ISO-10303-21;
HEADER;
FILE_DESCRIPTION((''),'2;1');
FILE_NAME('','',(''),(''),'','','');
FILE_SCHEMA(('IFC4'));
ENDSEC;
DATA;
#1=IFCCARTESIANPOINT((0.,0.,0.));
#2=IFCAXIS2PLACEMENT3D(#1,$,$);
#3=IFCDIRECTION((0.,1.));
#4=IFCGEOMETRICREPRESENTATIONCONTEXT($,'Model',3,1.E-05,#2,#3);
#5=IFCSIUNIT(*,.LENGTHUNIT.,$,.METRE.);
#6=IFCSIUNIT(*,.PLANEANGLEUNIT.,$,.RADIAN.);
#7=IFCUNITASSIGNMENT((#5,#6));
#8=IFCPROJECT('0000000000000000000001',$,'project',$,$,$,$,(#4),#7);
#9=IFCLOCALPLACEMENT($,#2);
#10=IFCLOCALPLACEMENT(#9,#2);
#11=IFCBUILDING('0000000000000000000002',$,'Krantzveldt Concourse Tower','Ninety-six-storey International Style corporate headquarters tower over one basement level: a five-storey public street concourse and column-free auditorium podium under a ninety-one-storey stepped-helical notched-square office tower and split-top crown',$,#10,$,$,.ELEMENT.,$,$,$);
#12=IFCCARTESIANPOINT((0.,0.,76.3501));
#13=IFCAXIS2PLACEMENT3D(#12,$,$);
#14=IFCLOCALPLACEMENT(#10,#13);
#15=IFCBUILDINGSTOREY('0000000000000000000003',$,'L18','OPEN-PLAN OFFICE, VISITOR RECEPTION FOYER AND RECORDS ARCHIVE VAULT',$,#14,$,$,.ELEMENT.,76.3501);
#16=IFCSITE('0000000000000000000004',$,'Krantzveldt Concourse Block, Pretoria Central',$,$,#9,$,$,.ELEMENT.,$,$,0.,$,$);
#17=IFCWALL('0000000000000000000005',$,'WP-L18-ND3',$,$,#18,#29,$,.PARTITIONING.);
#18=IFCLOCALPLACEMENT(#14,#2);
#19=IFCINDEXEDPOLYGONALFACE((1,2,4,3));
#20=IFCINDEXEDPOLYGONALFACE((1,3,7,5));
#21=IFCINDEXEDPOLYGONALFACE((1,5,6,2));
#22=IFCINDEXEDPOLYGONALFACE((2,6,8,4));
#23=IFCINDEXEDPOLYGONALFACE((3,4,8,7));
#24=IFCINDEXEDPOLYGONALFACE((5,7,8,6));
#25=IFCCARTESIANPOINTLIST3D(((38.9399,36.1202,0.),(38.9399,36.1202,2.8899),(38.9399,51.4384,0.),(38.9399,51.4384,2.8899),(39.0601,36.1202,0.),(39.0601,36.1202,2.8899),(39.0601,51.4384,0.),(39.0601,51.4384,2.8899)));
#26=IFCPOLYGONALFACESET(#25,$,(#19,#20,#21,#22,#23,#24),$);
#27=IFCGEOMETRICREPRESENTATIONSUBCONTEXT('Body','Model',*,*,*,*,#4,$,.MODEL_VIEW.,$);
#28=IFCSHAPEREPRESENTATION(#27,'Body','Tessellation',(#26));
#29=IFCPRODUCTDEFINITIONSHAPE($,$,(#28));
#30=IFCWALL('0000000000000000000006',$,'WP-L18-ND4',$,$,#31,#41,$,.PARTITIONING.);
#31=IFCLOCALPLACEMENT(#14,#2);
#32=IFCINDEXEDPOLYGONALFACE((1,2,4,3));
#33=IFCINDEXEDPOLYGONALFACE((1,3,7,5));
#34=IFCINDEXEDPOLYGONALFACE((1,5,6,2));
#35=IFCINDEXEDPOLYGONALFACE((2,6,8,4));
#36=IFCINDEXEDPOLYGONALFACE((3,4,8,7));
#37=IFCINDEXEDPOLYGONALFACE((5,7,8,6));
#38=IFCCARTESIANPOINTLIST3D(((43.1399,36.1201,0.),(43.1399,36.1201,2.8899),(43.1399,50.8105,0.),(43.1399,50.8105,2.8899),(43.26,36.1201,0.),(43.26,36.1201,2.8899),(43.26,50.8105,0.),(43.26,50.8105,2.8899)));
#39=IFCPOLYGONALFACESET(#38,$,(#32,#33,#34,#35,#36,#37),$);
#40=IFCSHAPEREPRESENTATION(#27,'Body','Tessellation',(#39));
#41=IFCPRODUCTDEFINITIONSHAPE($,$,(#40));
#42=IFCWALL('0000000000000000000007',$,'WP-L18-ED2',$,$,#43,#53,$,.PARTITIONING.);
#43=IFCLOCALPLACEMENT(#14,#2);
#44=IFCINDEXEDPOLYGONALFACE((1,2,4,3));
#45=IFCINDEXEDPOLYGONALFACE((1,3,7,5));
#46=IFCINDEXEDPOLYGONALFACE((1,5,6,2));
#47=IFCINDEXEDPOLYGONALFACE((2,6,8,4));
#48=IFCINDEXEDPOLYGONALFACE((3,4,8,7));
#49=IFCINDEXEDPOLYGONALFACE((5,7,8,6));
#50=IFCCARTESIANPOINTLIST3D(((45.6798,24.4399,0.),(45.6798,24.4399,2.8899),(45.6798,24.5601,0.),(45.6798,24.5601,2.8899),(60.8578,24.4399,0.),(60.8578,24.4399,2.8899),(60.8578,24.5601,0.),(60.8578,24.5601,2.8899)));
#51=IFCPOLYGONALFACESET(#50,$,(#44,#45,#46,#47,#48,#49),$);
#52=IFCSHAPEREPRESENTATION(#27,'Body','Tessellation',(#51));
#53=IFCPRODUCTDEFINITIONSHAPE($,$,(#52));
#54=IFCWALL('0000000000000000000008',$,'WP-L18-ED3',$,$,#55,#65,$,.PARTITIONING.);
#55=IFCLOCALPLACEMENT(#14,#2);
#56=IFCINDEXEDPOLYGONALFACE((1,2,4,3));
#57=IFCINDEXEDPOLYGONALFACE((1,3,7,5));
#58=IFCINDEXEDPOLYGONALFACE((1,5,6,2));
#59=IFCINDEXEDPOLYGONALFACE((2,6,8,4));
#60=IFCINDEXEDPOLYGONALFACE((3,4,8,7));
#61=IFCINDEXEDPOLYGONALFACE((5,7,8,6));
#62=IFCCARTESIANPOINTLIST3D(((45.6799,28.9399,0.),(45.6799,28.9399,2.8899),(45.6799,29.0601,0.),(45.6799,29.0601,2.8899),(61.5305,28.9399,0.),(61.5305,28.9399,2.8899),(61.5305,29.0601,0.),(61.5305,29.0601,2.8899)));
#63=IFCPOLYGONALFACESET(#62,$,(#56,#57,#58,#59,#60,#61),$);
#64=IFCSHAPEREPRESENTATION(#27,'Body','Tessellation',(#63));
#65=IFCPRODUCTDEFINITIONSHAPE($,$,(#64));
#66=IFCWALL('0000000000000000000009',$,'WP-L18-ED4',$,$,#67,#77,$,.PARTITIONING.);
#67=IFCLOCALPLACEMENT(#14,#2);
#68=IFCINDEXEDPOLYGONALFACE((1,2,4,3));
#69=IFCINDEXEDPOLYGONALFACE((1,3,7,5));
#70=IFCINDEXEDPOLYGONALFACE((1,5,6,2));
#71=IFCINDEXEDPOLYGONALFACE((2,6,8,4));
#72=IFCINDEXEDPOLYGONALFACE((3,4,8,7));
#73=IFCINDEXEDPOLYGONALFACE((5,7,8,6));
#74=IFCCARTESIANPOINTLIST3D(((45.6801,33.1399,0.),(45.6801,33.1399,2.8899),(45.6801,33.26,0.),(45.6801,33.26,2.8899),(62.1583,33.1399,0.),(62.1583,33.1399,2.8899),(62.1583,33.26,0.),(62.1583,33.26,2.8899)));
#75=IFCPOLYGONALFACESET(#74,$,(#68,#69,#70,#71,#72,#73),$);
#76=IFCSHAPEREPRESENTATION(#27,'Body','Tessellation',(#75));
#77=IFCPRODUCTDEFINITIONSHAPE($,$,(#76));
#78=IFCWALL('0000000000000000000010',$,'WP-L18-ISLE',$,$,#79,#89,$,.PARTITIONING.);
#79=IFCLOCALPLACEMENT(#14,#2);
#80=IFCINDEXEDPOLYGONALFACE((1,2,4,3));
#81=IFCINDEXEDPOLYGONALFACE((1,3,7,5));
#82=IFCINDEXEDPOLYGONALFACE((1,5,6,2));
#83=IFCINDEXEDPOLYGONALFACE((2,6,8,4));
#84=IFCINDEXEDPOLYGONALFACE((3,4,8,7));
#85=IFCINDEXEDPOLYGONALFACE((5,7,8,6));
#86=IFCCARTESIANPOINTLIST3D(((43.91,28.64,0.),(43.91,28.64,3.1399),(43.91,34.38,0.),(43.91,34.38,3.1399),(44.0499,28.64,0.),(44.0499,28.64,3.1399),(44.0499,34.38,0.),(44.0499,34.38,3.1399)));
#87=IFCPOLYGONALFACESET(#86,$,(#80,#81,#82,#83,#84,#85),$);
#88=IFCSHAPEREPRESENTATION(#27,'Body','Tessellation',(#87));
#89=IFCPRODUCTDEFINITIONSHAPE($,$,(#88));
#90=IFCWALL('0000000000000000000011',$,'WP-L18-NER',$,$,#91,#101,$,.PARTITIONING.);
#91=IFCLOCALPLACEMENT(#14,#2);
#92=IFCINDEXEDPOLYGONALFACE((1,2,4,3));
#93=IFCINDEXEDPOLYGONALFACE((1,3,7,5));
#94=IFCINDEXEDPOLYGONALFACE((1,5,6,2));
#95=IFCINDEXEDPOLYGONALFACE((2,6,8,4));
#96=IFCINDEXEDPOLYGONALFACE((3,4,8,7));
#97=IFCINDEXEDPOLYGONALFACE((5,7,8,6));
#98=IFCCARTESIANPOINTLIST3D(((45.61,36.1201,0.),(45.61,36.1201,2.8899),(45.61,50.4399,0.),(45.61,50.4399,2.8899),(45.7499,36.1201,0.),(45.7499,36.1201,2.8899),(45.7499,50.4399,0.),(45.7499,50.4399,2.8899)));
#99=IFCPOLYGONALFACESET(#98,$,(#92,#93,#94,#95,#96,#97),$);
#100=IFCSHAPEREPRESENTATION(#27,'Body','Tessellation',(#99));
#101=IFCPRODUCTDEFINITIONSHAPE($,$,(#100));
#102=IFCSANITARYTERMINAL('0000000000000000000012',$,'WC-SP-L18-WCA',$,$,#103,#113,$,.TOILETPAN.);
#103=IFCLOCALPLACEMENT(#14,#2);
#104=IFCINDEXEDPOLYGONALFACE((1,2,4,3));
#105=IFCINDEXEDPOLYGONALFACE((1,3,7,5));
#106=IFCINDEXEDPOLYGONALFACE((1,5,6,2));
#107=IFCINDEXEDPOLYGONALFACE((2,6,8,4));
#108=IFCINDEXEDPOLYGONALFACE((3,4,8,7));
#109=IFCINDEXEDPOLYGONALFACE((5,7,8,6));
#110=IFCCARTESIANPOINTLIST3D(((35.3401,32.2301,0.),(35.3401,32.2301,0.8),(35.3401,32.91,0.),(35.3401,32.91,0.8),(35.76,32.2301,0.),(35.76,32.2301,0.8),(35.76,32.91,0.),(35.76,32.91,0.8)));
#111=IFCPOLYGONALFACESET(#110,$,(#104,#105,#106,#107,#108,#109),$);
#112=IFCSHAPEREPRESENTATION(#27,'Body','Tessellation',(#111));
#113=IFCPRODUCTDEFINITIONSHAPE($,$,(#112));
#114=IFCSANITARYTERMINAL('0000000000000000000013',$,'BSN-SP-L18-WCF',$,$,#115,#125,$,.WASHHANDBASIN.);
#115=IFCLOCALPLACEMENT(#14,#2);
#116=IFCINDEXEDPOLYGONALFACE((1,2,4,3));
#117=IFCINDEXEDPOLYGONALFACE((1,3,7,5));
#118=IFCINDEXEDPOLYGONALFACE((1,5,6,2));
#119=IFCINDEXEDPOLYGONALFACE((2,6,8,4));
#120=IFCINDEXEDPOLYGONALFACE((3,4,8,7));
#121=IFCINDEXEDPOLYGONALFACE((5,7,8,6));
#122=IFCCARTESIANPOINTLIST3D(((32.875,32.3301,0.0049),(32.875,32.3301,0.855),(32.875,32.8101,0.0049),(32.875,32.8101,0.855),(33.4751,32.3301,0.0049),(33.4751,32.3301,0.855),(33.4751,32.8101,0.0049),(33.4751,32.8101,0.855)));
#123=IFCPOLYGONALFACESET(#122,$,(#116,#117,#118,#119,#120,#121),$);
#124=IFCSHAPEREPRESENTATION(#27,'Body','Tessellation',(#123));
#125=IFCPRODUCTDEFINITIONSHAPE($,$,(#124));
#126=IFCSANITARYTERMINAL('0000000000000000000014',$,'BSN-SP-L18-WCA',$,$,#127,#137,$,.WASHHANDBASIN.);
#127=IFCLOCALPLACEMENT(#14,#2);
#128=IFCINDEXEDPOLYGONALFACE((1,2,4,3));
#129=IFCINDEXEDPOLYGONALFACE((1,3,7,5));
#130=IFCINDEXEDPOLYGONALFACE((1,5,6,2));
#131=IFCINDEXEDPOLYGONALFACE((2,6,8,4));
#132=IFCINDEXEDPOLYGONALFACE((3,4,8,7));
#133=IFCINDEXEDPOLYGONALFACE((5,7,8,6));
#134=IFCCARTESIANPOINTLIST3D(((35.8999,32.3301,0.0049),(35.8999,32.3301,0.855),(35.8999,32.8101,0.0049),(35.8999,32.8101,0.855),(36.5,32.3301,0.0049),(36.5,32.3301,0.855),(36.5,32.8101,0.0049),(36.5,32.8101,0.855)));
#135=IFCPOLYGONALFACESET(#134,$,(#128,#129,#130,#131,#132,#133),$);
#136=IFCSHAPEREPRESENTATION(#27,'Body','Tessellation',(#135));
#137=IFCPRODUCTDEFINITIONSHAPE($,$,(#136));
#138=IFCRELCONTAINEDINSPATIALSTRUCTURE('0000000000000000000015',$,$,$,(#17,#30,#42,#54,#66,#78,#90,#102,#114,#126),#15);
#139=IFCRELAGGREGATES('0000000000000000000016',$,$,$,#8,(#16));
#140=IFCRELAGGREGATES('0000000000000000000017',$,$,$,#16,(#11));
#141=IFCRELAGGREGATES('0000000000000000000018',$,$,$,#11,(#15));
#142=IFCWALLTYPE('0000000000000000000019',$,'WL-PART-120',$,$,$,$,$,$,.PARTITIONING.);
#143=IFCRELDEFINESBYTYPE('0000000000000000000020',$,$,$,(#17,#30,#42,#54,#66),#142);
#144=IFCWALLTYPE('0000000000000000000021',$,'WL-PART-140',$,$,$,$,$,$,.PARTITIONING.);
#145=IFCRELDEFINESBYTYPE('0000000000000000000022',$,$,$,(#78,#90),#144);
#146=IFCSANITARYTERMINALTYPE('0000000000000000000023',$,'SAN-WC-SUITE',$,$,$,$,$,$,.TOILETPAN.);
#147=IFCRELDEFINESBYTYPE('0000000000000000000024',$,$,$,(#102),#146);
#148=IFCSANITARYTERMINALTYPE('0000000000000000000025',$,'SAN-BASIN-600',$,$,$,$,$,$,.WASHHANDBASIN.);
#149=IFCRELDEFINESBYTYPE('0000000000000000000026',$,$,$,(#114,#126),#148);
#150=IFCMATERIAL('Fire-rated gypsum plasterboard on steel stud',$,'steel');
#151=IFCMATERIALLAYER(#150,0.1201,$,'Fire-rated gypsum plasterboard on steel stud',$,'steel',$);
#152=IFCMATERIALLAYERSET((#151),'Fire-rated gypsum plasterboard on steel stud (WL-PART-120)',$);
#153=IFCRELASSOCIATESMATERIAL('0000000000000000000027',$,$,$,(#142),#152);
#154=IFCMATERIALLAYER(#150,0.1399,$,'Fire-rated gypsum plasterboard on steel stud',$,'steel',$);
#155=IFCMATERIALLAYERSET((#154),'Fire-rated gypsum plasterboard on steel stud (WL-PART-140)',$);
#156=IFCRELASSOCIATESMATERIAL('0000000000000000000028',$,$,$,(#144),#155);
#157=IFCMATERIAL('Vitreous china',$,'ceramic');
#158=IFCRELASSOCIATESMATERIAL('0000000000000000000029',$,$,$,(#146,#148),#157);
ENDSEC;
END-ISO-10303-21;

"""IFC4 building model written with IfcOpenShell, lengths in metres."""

from ifc_helpers import new_model, si_unit, direction, frame, frame_2d, origin, origin_2d, place, context, subcontext, project, spatial, rectangle, extrude, source, transform, mapped, material, layer, layer_set, type_object, type_shapes, element, save


model = new_model("IFC4")

# Units and contexts
model_context = context("Model", 3, precision=1e-05, world=origin(), true_north=direction((0.0, 1.0)))
body_context = subcontext(model_context, "Body", "Model", "MODEL_VIEW")
ifc_project = project(units=[si_unit("LENGTHUNIT", "METRE"), si_unit("PLANEANGLEUNIT", "RADIAN")], contexts=[model_context])

# Site, building, storey
site_placement = place(None, origin())
site = spatial("IfcSite", under=ifc_project, at=site_placement, Name="Krantzveldt Concourse Block, Pretoria Central", CompositionType="ELEMENT", RefElevation=0.0)
building_placement = place(site_placement, origin())
building = spatial("IfcBuilding", under=site, at=building_placement, Name="Krantzveldt Concourse Tower", Description="Ninety-six-storey International Style corporate headquarters tower over one basement level: a five-storey public street concourse and column-free auditorium podium under a ninety-one-storey stepped-helical notched-square office tower and split-top crown", CompositionType="ELEMENT")
storey_placement = place(building_placement, frame((0.0, 0.0, 76.3501)))
storey = spatial("IfcBuildingStorey", under=building, at=storey_placement, Name="L18", Description="OPEN-PLAN OFFICE, VISITOR RECEPTION FOYER AND RECORDS ARCHIVE VAULT", CompositionType="ELEMENT", Elevation=76.3501)

# Walls
ifc_material_1 = material(Name="Fire-rated gypsum plasterboard on steel stud", Category="steel")
ifc_layer_1 = layer(ifc_material_1, 0.1201, Name="Fire-rated gypsum plasterboard on steel stud", Category="steel")
ifc_layer_set_1 = layer_set([ifc_layer_1], Name="Fire-rated gypsum plasterboard on steel stud (WL-PART-120)")
wall_type_1 = type_object("IfcWallType", Name="WL-PART-120", PredefinedType="PARTITIONING", material=ifc_layer_set_1)
wall_1_placement = place(storey_placement, frame((39.0, 36.1201, 0.0), z_axis=(0.0, 0.0, 1.0), x_axis=(0.0, 1.0, 0.0)))
element("IfcWall", 1, at=wall_1_placement, inside=storey, type_object=wall_type_1, Name="WP-L18-ND3", PredefinedType="PARTITIONING", context=body_context, shape_type="SweptSolid", body=[
    extrude(rectangle(XDim=15.3181, YDim=0.1201, at=frame_2d((7.6592, 0.0))), origin(), (0.0, 0.0, 1.0), 2.8899),
])
wall_2_placement = place(storey_placement, frame((43.2, 36.1201, 0.0), z_axis=(0.0, 0.0, 1.0), x_axis=(0.0, 1.0, 0.0)))
element("IfcWall", 2, at=wall_2_placement, inside=storey, type_object=wall_type_1, Name="WP-L18-ND4", PredefinedType="PARTITIONING", context=body_context, shape_type="SweptSolid", body=[
    extrude(rectangle(XDim=14.6904, YDim=0.1201, at=frame_2d((7.3452, 0.0))), origin(), (0.0, 0.0, 1.0), 2.8899),
])
wall_3_placement = place(storey_placement, frame((45.6799, 24.5, 0.0), z_axis=(0.0, 0.0, 1.0), x_axis=(1.0, 0.0, 0.0)))
element("IfcWall", 3, at=wall_3_placement, inside=storey, type_object=wall_type_1, Name="WP-L18-ED2", PredefinedType="PARTITIONING", context=body_context, shape_type="SweptSolid", body=[
    extrude(rectangle(XDim=15.178, YDim=0.1201, at=frame_2d((7.5889, 0.0))), origin(), (0.0, 0.0, 1.0), 2.8899),
])
wall_4_placement = place(storey_placement, frame((45.6799, 29.0, 0.0), z_axis=(0.0, 0.0, 1.0), x_axis=(1.0, 0.0, 0.0)))
element("IfcWall", 4, at=wall_4_placement, inside=storey, type_object=wall_type_1, Name="WP-L18-ED3", PredefinedType="PARTITIONING", context=body_context, shape_type="SweptSolid", body=[
    extrude(rectangle(XDim=15.8506, YDim=0.1201, at=frame_2d((7.9253, 0.0))), origin(), (0.0, 0.0, 1.0), 2.8899),
])
wall_5_placement = place(storey_placement, frame((45.6799, 33.2, 0.0), z_axis=(0.0, 0.0, 1.0), x_axis=(1.0, 0.0, 0.0)))
element("IfcWall", 5, at=wall_5_placement, inside=storey, type_object=wall_type_1, Name="WP-L18-ED4", PredefinedType="PARTITIONING", context=body_context, shape_type="SweptSolid", body=[
    extrude(rectangle(XDim=16.4783, YDim=0.1201, at=frame_2d((8.2393, 0.0))), origin(), (0.0, 0.0, 1.0), 2.8899),
])
ifc_layer_2 = layer(ifc_material_1, 0.1399, Name="Fire-rated gypsum plasterboard on steel stud", Category="steel")
ifc_layer_set_2 = layer_set([ifc_layer_2], Name="Fire-rated gypsum plasterboard on steel stud (WL-PART-140)")
wall_type_2 = type_object("IfcWallType", Name="WL-PART-140", PredefinedType="PARTITIONING", material=ifc_layer_set_2)
wall_6_placement = place(storey_placement, frame((43.98, 28.6399, 0.0), z_axis=(0.0, 0.0, 1.0), x_axis=(0.0, 1.0, 0.0)))
element("IfcWall", 6, at=wall_6_placement, inside=storey, type_object=wall_type_2, Name="WP-L18-ISLE", PredefinedType="PARTITIONING", context=body_context, shape_type="SweptSolid", body=[
    extrude(rectangle(XDim=5.74, YDim=0.1399, at=frame_2d((2.8701, 0.0))), origin(), (0.0, 0.0, 1.0), 3.1399),
])
wall_7_placement = place(storey_placement, frame((45.6799, 36.1201, 0.0), z_axis=(0.0, 0.0, 1.0), x_axis=(0.0, 1.0, 0.0)))
element("IfcWall", 7, at=wall_7_placement, inside=storey, type_object=wall_type_2, Name="WP-L18-NER", PredefinedType="PARTITIONING", context=body_context, shape_type="SweptSolid", body=[
    extrude(rectangle(XDim=14.3198, YDim=0.1399, at=frame_2d((7.1599, 0.0))), origin(), (0.0, 0.0, 1.0), 2.8899),
])

# Sanitary terminals
ifc_material_2 = material(Name="Vitreous china", Category="ceramic")
sanitary_terminal_type_1 = type_object("IfcSanitaryTerminalType", Name="SAN-WC-SUITE", PredefinedType="TOILETPAN", material=ifc_material_2)
shared_shape_1 = source(origin(), body_context, "Body", "SweptSolid", [
    extrude(rectangle(XDim=0.4199, YDim=0.6799, at=origin_2d()), origin(), (0.0, 0.0, 1.0), 0.8),
])
type_shapes(sanitary_terminal_type_1, [shared_shape_1])
sanitary_terminal_placement = place(storey_placement, frame((35.55, 32.5701, 0.0), z_axis=(0.0, 0.0, 1.0), x_axis=(1.0, 0.0, 0.0)))
element("IfcSanitaryTerminal", 8, at=sanitary_terminal_placement, inside=storey, type_object=sanitary_terminal_type_1, Name="WC-SP-L18-WCA", PredefinedType="TOILETPAN", context=body_context, shape_type="MappedRepresentation", body=[
    mapped(shared_shape_1, transform((0.0, 0.0, 0.0), x_axis=(1.0, 0.0, 0.0), y_axis=(0.0, 1.0, 0.0), z_axis=(0.0, 0.0, 1.0), scale=1.0)),
])
sanitary_terminal_type_2 = type_object("IfcSanitaryTerminalType", Name="SAN-BASIN-600", PredefinedType="WASHHANDBASIN", material=ifc_material_2)
shared_shape_2 = source(origin(), body_context, "Body", "SweptSolid", [
    extrude(rectangle(XDim=0.6001, YDim=0.48, at=origin_2d()), origin(), (0.0, 0.0, 1.0), 0.8501),
])
type_shapes(sanitary_terminal_type_2, [shared_shape_2])
for number, where, z_axis, x_axis, name in (
    (9, (33.175, 32.5701, 0.0049), (0.0, 0.0, 1.0), (1.0, 0.0, 0.0), "BSN-SP-L18-WCF"),
    (10, (36.2, 32.5701, 0.0049), (0.0, 0.0, 1.0), (1.0, 0.0, 0.0), "BSN-SP-L18-WCA"),
):
    element("IfcSanitaryTerminal", number, at=place(storey_placement, frame(where, z_axis=z_axis, x_axis=x_axis)), inside=storey, type_object=sanitary_terminal_type_2, Name=name, PredefinedType="WASHHANDBASIN", context=body_context, shape_type="MappedRepresentation", body=[
        mapped(shared_shape_2, transform((0.0, 0.0, 0.0), x_axis=(1.0, 0.0, 0.0), y_axis=(0.0, 1.0, 0.0), z_axis=(0.0, 0.0, 1.0), scale=1.0)),
    ])

save(model, "model.ifc")
